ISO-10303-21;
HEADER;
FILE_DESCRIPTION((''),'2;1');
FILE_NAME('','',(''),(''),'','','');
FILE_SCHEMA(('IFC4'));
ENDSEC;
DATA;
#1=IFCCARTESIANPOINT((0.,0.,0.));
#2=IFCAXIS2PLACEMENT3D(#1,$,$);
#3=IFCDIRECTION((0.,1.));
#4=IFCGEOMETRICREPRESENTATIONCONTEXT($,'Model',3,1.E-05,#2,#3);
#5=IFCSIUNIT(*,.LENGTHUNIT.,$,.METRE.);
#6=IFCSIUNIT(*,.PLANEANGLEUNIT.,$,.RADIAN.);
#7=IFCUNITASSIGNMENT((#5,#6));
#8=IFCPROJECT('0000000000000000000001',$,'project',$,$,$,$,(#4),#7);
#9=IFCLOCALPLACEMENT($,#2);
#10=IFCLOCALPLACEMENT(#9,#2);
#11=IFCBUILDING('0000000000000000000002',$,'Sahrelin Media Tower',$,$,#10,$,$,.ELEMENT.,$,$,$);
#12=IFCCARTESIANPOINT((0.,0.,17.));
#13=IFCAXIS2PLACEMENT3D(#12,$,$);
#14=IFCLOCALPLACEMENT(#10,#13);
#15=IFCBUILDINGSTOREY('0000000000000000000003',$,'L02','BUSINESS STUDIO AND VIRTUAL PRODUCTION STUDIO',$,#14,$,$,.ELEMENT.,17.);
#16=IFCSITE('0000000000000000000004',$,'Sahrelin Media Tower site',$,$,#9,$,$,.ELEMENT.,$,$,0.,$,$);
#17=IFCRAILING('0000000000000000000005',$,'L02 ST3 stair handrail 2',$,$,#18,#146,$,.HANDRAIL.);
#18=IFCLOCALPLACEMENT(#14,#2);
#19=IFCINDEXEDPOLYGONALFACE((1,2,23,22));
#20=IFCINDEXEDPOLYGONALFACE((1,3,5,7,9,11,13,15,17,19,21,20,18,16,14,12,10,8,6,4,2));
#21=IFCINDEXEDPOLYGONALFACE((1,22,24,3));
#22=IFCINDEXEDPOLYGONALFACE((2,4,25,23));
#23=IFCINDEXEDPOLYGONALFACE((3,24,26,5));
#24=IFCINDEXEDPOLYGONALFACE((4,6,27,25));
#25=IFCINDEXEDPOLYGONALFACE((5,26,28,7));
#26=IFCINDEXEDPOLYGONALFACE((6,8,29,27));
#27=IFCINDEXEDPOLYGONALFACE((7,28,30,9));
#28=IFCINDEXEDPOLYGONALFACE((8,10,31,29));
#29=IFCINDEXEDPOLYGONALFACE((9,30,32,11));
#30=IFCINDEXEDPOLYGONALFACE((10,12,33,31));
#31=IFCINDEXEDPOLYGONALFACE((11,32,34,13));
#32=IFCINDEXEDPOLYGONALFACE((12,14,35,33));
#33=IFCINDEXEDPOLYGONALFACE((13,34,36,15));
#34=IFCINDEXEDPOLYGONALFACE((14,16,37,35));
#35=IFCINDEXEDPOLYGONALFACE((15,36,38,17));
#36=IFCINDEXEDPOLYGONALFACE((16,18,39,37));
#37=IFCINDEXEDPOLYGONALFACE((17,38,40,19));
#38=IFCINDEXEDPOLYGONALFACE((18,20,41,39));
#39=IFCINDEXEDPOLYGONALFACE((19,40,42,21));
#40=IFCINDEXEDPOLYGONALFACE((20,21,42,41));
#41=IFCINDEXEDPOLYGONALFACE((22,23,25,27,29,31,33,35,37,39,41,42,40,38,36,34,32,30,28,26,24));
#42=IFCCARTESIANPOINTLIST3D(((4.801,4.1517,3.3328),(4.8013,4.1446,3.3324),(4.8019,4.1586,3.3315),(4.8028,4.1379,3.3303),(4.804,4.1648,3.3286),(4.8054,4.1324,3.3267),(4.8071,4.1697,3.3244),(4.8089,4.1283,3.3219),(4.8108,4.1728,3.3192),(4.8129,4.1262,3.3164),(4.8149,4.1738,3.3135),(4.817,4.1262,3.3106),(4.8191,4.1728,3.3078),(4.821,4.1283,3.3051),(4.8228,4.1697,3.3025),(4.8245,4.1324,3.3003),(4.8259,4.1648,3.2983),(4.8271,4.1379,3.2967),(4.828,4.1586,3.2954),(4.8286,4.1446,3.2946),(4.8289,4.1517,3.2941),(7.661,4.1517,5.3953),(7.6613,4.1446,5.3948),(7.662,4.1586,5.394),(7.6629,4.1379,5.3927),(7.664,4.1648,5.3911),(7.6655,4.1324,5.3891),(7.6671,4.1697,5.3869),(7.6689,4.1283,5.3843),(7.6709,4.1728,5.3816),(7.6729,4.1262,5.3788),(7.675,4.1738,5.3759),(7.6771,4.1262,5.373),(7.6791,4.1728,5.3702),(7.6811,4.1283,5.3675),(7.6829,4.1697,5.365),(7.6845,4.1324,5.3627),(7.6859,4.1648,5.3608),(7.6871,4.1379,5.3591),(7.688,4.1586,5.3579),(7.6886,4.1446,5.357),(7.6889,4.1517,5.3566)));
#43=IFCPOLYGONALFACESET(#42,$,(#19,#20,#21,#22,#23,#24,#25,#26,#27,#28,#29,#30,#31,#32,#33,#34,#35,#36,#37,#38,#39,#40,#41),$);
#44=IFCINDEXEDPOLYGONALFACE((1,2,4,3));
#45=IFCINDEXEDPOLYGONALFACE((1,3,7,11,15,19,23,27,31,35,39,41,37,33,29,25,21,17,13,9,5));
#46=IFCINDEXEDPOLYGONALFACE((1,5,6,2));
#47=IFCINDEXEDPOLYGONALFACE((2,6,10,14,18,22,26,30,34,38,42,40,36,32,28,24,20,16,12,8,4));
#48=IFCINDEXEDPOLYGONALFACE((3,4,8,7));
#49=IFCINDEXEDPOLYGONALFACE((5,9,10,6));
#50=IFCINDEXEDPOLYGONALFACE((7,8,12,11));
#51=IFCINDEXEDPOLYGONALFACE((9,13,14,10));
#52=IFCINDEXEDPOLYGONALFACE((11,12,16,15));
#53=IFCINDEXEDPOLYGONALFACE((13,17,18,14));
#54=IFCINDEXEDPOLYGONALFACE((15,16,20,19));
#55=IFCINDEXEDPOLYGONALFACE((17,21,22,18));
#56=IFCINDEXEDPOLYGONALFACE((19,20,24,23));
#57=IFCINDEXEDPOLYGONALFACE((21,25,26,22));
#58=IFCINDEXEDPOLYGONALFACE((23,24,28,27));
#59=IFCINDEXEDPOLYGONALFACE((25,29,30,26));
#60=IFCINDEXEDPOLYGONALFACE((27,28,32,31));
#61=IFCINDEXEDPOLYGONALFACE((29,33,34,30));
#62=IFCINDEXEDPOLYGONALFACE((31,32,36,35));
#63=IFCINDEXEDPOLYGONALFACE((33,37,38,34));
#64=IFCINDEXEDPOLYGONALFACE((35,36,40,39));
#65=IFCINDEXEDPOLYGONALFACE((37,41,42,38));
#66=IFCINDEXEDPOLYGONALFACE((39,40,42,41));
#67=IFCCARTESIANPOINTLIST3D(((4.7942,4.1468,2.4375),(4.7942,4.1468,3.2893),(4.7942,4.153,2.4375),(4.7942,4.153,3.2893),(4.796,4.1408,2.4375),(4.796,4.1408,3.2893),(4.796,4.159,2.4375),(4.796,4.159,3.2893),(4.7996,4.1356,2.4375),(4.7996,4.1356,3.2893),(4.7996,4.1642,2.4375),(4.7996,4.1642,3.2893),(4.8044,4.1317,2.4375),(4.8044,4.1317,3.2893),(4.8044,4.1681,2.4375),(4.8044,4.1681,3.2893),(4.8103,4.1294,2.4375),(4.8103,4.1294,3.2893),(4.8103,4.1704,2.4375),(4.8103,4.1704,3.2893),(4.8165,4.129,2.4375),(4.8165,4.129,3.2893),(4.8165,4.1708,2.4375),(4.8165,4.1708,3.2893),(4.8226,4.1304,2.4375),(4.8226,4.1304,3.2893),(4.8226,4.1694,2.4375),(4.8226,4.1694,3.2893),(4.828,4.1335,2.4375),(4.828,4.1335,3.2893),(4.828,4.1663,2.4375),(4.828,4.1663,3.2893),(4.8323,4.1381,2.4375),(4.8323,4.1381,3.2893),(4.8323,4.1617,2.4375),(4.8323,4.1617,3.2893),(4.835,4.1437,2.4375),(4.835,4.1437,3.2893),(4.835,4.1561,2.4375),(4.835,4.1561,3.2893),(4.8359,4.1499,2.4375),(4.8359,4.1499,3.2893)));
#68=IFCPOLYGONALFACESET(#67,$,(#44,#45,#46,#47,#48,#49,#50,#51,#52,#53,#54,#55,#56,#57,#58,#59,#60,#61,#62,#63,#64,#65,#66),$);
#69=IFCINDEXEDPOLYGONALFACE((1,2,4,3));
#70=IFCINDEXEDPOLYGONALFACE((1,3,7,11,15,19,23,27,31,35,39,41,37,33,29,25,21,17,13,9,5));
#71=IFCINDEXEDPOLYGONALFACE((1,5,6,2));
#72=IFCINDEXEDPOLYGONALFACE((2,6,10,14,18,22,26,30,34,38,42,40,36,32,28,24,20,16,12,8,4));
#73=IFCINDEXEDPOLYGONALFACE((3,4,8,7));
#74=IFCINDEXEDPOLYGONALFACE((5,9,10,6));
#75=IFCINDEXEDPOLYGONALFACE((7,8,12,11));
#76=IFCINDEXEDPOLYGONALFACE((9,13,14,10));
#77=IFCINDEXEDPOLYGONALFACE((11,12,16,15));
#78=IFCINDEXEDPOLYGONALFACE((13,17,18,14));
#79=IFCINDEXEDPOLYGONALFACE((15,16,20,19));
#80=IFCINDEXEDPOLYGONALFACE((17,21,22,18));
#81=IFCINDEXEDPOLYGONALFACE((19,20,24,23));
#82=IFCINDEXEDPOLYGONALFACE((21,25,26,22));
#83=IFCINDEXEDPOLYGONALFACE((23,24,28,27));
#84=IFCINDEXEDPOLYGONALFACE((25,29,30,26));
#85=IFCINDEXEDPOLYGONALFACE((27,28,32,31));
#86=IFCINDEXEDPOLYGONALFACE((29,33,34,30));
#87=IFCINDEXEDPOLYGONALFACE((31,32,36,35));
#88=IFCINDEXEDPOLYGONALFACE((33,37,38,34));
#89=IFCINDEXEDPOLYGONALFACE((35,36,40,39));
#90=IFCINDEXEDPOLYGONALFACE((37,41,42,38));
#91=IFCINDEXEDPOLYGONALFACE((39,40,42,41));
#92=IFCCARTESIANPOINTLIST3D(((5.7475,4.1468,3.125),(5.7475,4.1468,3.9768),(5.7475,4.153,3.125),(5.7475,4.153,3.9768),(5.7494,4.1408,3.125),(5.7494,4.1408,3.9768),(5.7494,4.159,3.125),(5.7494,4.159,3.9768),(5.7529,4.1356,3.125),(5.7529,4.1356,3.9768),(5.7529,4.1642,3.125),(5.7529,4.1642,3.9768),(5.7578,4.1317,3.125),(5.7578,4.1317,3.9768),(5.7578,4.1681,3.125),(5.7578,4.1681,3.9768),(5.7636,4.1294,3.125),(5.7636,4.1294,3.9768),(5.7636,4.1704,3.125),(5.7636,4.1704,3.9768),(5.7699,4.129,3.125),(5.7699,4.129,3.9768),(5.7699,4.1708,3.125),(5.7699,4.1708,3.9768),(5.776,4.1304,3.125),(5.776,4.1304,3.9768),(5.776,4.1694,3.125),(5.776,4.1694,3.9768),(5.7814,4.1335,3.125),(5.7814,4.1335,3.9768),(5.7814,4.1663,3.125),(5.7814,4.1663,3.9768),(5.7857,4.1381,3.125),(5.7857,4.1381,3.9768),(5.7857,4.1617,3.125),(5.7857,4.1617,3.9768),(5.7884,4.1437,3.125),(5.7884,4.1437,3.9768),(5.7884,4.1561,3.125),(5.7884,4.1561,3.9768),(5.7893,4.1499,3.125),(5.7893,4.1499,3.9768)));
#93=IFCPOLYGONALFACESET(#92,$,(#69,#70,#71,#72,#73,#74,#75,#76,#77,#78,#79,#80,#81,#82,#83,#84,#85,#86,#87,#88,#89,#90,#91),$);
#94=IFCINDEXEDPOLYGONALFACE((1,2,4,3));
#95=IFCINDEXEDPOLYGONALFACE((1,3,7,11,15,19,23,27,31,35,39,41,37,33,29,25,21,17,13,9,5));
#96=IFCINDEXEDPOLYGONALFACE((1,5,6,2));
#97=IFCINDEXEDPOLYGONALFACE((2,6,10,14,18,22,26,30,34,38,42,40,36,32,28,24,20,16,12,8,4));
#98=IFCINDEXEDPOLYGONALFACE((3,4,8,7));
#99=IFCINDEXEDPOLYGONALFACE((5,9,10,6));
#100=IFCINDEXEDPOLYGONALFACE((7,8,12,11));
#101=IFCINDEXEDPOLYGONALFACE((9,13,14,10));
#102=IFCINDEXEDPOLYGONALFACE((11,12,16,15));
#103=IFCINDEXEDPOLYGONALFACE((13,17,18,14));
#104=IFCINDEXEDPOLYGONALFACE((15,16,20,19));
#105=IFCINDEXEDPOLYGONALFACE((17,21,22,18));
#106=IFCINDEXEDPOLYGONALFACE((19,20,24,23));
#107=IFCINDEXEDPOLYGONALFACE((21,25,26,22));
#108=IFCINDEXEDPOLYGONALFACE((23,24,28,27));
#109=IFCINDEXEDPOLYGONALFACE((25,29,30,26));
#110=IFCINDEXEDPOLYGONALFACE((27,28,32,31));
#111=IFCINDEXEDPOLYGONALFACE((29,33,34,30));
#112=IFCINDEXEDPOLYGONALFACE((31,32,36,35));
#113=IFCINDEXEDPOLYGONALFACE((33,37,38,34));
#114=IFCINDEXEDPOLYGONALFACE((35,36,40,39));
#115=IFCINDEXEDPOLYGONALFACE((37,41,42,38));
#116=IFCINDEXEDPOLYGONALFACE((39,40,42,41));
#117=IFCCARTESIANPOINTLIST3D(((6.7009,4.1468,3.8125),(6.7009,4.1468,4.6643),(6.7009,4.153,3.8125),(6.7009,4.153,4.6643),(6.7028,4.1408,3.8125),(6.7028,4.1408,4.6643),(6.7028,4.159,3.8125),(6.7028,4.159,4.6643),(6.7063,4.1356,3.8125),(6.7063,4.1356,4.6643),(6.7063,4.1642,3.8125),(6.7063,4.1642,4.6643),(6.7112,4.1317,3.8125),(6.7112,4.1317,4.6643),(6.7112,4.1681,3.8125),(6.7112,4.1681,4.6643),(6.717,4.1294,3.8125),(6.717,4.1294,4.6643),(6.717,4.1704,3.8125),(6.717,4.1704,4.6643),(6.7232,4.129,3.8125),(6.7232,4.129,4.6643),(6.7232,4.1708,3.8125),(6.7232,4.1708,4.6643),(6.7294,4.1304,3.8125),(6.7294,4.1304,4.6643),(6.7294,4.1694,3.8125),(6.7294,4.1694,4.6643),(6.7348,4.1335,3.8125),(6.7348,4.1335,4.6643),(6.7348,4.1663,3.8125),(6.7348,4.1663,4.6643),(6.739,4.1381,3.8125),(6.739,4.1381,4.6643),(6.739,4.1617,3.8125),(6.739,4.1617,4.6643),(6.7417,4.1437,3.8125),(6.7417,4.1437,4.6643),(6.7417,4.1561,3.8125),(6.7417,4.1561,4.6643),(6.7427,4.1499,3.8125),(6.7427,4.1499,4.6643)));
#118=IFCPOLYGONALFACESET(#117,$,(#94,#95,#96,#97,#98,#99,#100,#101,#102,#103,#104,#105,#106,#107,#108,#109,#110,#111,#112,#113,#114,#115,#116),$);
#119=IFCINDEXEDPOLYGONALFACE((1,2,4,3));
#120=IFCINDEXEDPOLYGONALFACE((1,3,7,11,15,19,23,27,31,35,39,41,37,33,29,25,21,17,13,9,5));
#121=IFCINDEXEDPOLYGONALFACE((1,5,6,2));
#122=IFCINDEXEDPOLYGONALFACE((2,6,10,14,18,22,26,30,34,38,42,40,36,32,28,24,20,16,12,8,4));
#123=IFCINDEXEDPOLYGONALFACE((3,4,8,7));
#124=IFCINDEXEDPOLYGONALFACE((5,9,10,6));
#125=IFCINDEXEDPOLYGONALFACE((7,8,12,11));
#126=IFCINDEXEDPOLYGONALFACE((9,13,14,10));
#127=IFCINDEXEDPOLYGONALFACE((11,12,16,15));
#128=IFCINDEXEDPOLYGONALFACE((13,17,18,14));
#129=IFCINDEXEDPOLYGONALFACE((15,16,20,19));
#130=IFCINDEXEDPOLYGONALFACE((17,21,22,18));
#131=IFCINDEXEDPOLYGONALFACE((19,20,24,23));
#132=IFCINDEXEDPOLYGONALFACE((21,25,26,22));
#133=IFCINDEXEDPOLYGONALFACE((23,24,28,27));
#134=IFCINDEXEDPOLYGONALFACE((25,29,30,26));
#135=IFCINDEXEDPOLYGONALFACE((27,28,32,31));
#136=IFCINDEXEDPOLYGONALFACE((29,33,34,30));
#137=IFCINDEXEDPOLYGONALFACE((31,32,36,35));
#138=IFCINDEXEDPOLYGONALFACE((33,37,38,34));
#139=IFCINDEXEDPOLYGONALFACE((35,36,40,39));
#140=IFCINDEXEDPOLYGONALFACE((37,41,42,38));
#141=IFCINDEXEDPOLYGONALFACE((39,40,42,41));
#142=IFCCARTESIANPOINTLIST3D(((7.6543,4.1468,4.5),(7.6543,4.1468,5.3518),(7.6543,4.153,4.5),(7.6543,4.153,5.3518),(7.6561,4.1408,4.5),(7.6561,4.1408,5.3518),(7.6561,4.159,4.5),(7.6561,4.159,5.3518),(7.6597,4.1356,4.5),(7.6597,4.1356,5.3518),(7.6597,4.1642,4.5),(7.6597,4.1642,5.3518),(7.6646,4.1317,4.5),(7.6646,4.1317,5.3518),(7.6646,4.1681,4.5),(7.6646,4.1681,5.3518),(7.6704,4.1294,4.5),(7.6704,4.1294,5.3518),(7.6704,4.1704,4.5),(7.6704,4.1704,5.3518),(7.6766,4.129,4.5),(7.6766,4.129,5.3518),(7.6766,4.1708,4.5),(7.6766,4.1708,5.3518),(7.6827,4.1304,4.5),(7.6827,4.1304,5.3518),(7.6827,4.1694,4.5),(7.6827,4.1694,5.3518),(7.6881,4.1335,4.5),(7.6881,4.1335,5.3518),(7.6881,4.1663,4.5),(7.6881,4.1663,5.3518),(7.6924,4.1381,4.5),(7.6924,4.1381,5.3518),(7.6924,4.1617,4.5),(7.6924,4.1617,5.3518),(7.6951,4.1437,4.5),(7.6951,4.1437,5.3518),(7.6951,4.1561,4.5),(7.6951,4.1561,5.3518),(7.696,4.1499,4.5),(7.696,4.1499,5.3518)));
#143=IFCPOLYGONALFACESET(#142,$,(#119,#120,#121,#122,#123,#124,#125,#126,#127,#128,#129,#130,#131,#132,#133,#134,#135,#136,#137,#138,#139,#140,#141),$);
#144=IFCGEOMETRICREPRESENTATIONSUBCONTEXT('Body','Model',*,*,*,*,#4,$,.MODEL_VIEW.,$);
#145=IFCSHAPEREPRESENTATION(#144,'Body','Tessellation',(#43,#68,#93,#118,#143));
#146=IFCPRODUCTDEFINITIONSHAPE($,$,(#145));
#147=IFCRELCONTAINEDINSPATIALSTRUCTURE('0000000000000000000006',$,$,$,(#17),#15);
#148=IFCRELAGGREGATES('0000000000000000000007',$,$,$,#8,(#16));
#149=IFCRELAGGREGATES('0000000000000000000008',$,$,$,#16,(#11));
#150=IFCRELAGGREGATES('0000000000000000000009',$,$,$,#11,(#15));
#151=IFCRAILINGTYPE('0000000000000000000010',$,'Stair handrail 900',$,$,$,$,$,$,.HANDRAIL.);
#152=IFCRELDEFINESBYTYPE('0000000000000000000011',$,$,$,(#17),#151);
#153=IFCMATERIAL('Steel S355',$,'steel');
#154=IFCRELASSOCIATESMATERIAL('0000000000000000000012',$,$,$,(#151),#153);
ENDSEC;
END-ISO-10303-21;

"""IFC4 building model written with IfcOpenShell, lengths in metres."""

from ifc_helpers import new_model, si_unit, direction, frame, origin, origin_2d, place, context, subcontext, project, spatial, circle, extrude, material, type_object, element, save


model = new_model("IFC4")

# Units and contexts
model_context = context("Model", 3, precision=1e-05, world=origin(), true_north=direction((0.0, 1.0)))
body_context = subcontext(model_context, "Body", "Model", "MODEL_VIEW")
ifc_project = project(units=[si_unit("LENGTHUNIT", "METRE"), si_unit("PLANEANGLEUNIT", "RADIAN")], contexts=[model_context])

# Site, building, storey
site_placement = place(None, origin())
site = spatial("IfcSite", under=ifc_project, at=site_placement, Name="Sahrelin Media Tower site", CompositionType="ELEMENT", RefElevation=0.0)
building_placement = place(site_placement, origin())
building = spatial("IfcBuilding", under=site, at=building_placement, Name="Sahrelin Media Tower", CompositionType="ELEMENT")
storey_placement = place(building_placement, frame((0.0, 0.0, 17.0)))
storey = spatial("IfcBuildingStorey", under=building, at=storey_placement, Name="L02", Description="BUSINESS STUDIO AND VIRTUAL PRODUCTION STUDIO", CompositionType="ELEMENT", Elevation=17.0)

# Shared definitions
ifc_material_1 = material(Name="Steel S355", Category="steel")

# Railing
railing_type_1 = type_object("IfcRailingType", Name="Stair handrail 900", PredefinedType="HANDRAIL", material=ifc_material_1)
railing_1_placement = place(storey_placement, frame((4.8149, 4.1499, 2.4375)))
element("IfcRailing", 1, at=railing_1_placement, inside=storey, type_object=railing_type_1, Name="L02 ST3 stair handrail 2", PredefinedType="HANDRAIL", context=body_context, shape_type="SweptSolid", body=[
    extrude(circle(Radius=0.0239, at=origin_2d()), frame((0.0, 0.0, 0.876), z_axis=(0.811101, 0.0, 0.584906), x_axis=(0.0, 1.0, 0.0)), (0.0, 0.0, 1.0), 3.5261),
    extrude(circle(Radius=0.021, at=origin_2d()), origin(), (0.0, 0.0, 1.0), 0.8518),
    extrude(circle(Radius=0.021, at=origin_2d()), frame((0.9534, 0.0, 0.6875)), (0.0, 0.0, 1.0), 0.8518),
    extrude(circle(Radius=0.021, at=origin_2d()), frame((1.9067, 0.0, 1.375)), (0.0, 0.0, 1.0), 0.8518),
    extrude(circle(Radius=0.021, at=origin_2d()), frame((2.8601, 0.0, 2.0625)), (0.0, 0.0, 1.0), 0.8518),
])

save(model, "model.ifc")
